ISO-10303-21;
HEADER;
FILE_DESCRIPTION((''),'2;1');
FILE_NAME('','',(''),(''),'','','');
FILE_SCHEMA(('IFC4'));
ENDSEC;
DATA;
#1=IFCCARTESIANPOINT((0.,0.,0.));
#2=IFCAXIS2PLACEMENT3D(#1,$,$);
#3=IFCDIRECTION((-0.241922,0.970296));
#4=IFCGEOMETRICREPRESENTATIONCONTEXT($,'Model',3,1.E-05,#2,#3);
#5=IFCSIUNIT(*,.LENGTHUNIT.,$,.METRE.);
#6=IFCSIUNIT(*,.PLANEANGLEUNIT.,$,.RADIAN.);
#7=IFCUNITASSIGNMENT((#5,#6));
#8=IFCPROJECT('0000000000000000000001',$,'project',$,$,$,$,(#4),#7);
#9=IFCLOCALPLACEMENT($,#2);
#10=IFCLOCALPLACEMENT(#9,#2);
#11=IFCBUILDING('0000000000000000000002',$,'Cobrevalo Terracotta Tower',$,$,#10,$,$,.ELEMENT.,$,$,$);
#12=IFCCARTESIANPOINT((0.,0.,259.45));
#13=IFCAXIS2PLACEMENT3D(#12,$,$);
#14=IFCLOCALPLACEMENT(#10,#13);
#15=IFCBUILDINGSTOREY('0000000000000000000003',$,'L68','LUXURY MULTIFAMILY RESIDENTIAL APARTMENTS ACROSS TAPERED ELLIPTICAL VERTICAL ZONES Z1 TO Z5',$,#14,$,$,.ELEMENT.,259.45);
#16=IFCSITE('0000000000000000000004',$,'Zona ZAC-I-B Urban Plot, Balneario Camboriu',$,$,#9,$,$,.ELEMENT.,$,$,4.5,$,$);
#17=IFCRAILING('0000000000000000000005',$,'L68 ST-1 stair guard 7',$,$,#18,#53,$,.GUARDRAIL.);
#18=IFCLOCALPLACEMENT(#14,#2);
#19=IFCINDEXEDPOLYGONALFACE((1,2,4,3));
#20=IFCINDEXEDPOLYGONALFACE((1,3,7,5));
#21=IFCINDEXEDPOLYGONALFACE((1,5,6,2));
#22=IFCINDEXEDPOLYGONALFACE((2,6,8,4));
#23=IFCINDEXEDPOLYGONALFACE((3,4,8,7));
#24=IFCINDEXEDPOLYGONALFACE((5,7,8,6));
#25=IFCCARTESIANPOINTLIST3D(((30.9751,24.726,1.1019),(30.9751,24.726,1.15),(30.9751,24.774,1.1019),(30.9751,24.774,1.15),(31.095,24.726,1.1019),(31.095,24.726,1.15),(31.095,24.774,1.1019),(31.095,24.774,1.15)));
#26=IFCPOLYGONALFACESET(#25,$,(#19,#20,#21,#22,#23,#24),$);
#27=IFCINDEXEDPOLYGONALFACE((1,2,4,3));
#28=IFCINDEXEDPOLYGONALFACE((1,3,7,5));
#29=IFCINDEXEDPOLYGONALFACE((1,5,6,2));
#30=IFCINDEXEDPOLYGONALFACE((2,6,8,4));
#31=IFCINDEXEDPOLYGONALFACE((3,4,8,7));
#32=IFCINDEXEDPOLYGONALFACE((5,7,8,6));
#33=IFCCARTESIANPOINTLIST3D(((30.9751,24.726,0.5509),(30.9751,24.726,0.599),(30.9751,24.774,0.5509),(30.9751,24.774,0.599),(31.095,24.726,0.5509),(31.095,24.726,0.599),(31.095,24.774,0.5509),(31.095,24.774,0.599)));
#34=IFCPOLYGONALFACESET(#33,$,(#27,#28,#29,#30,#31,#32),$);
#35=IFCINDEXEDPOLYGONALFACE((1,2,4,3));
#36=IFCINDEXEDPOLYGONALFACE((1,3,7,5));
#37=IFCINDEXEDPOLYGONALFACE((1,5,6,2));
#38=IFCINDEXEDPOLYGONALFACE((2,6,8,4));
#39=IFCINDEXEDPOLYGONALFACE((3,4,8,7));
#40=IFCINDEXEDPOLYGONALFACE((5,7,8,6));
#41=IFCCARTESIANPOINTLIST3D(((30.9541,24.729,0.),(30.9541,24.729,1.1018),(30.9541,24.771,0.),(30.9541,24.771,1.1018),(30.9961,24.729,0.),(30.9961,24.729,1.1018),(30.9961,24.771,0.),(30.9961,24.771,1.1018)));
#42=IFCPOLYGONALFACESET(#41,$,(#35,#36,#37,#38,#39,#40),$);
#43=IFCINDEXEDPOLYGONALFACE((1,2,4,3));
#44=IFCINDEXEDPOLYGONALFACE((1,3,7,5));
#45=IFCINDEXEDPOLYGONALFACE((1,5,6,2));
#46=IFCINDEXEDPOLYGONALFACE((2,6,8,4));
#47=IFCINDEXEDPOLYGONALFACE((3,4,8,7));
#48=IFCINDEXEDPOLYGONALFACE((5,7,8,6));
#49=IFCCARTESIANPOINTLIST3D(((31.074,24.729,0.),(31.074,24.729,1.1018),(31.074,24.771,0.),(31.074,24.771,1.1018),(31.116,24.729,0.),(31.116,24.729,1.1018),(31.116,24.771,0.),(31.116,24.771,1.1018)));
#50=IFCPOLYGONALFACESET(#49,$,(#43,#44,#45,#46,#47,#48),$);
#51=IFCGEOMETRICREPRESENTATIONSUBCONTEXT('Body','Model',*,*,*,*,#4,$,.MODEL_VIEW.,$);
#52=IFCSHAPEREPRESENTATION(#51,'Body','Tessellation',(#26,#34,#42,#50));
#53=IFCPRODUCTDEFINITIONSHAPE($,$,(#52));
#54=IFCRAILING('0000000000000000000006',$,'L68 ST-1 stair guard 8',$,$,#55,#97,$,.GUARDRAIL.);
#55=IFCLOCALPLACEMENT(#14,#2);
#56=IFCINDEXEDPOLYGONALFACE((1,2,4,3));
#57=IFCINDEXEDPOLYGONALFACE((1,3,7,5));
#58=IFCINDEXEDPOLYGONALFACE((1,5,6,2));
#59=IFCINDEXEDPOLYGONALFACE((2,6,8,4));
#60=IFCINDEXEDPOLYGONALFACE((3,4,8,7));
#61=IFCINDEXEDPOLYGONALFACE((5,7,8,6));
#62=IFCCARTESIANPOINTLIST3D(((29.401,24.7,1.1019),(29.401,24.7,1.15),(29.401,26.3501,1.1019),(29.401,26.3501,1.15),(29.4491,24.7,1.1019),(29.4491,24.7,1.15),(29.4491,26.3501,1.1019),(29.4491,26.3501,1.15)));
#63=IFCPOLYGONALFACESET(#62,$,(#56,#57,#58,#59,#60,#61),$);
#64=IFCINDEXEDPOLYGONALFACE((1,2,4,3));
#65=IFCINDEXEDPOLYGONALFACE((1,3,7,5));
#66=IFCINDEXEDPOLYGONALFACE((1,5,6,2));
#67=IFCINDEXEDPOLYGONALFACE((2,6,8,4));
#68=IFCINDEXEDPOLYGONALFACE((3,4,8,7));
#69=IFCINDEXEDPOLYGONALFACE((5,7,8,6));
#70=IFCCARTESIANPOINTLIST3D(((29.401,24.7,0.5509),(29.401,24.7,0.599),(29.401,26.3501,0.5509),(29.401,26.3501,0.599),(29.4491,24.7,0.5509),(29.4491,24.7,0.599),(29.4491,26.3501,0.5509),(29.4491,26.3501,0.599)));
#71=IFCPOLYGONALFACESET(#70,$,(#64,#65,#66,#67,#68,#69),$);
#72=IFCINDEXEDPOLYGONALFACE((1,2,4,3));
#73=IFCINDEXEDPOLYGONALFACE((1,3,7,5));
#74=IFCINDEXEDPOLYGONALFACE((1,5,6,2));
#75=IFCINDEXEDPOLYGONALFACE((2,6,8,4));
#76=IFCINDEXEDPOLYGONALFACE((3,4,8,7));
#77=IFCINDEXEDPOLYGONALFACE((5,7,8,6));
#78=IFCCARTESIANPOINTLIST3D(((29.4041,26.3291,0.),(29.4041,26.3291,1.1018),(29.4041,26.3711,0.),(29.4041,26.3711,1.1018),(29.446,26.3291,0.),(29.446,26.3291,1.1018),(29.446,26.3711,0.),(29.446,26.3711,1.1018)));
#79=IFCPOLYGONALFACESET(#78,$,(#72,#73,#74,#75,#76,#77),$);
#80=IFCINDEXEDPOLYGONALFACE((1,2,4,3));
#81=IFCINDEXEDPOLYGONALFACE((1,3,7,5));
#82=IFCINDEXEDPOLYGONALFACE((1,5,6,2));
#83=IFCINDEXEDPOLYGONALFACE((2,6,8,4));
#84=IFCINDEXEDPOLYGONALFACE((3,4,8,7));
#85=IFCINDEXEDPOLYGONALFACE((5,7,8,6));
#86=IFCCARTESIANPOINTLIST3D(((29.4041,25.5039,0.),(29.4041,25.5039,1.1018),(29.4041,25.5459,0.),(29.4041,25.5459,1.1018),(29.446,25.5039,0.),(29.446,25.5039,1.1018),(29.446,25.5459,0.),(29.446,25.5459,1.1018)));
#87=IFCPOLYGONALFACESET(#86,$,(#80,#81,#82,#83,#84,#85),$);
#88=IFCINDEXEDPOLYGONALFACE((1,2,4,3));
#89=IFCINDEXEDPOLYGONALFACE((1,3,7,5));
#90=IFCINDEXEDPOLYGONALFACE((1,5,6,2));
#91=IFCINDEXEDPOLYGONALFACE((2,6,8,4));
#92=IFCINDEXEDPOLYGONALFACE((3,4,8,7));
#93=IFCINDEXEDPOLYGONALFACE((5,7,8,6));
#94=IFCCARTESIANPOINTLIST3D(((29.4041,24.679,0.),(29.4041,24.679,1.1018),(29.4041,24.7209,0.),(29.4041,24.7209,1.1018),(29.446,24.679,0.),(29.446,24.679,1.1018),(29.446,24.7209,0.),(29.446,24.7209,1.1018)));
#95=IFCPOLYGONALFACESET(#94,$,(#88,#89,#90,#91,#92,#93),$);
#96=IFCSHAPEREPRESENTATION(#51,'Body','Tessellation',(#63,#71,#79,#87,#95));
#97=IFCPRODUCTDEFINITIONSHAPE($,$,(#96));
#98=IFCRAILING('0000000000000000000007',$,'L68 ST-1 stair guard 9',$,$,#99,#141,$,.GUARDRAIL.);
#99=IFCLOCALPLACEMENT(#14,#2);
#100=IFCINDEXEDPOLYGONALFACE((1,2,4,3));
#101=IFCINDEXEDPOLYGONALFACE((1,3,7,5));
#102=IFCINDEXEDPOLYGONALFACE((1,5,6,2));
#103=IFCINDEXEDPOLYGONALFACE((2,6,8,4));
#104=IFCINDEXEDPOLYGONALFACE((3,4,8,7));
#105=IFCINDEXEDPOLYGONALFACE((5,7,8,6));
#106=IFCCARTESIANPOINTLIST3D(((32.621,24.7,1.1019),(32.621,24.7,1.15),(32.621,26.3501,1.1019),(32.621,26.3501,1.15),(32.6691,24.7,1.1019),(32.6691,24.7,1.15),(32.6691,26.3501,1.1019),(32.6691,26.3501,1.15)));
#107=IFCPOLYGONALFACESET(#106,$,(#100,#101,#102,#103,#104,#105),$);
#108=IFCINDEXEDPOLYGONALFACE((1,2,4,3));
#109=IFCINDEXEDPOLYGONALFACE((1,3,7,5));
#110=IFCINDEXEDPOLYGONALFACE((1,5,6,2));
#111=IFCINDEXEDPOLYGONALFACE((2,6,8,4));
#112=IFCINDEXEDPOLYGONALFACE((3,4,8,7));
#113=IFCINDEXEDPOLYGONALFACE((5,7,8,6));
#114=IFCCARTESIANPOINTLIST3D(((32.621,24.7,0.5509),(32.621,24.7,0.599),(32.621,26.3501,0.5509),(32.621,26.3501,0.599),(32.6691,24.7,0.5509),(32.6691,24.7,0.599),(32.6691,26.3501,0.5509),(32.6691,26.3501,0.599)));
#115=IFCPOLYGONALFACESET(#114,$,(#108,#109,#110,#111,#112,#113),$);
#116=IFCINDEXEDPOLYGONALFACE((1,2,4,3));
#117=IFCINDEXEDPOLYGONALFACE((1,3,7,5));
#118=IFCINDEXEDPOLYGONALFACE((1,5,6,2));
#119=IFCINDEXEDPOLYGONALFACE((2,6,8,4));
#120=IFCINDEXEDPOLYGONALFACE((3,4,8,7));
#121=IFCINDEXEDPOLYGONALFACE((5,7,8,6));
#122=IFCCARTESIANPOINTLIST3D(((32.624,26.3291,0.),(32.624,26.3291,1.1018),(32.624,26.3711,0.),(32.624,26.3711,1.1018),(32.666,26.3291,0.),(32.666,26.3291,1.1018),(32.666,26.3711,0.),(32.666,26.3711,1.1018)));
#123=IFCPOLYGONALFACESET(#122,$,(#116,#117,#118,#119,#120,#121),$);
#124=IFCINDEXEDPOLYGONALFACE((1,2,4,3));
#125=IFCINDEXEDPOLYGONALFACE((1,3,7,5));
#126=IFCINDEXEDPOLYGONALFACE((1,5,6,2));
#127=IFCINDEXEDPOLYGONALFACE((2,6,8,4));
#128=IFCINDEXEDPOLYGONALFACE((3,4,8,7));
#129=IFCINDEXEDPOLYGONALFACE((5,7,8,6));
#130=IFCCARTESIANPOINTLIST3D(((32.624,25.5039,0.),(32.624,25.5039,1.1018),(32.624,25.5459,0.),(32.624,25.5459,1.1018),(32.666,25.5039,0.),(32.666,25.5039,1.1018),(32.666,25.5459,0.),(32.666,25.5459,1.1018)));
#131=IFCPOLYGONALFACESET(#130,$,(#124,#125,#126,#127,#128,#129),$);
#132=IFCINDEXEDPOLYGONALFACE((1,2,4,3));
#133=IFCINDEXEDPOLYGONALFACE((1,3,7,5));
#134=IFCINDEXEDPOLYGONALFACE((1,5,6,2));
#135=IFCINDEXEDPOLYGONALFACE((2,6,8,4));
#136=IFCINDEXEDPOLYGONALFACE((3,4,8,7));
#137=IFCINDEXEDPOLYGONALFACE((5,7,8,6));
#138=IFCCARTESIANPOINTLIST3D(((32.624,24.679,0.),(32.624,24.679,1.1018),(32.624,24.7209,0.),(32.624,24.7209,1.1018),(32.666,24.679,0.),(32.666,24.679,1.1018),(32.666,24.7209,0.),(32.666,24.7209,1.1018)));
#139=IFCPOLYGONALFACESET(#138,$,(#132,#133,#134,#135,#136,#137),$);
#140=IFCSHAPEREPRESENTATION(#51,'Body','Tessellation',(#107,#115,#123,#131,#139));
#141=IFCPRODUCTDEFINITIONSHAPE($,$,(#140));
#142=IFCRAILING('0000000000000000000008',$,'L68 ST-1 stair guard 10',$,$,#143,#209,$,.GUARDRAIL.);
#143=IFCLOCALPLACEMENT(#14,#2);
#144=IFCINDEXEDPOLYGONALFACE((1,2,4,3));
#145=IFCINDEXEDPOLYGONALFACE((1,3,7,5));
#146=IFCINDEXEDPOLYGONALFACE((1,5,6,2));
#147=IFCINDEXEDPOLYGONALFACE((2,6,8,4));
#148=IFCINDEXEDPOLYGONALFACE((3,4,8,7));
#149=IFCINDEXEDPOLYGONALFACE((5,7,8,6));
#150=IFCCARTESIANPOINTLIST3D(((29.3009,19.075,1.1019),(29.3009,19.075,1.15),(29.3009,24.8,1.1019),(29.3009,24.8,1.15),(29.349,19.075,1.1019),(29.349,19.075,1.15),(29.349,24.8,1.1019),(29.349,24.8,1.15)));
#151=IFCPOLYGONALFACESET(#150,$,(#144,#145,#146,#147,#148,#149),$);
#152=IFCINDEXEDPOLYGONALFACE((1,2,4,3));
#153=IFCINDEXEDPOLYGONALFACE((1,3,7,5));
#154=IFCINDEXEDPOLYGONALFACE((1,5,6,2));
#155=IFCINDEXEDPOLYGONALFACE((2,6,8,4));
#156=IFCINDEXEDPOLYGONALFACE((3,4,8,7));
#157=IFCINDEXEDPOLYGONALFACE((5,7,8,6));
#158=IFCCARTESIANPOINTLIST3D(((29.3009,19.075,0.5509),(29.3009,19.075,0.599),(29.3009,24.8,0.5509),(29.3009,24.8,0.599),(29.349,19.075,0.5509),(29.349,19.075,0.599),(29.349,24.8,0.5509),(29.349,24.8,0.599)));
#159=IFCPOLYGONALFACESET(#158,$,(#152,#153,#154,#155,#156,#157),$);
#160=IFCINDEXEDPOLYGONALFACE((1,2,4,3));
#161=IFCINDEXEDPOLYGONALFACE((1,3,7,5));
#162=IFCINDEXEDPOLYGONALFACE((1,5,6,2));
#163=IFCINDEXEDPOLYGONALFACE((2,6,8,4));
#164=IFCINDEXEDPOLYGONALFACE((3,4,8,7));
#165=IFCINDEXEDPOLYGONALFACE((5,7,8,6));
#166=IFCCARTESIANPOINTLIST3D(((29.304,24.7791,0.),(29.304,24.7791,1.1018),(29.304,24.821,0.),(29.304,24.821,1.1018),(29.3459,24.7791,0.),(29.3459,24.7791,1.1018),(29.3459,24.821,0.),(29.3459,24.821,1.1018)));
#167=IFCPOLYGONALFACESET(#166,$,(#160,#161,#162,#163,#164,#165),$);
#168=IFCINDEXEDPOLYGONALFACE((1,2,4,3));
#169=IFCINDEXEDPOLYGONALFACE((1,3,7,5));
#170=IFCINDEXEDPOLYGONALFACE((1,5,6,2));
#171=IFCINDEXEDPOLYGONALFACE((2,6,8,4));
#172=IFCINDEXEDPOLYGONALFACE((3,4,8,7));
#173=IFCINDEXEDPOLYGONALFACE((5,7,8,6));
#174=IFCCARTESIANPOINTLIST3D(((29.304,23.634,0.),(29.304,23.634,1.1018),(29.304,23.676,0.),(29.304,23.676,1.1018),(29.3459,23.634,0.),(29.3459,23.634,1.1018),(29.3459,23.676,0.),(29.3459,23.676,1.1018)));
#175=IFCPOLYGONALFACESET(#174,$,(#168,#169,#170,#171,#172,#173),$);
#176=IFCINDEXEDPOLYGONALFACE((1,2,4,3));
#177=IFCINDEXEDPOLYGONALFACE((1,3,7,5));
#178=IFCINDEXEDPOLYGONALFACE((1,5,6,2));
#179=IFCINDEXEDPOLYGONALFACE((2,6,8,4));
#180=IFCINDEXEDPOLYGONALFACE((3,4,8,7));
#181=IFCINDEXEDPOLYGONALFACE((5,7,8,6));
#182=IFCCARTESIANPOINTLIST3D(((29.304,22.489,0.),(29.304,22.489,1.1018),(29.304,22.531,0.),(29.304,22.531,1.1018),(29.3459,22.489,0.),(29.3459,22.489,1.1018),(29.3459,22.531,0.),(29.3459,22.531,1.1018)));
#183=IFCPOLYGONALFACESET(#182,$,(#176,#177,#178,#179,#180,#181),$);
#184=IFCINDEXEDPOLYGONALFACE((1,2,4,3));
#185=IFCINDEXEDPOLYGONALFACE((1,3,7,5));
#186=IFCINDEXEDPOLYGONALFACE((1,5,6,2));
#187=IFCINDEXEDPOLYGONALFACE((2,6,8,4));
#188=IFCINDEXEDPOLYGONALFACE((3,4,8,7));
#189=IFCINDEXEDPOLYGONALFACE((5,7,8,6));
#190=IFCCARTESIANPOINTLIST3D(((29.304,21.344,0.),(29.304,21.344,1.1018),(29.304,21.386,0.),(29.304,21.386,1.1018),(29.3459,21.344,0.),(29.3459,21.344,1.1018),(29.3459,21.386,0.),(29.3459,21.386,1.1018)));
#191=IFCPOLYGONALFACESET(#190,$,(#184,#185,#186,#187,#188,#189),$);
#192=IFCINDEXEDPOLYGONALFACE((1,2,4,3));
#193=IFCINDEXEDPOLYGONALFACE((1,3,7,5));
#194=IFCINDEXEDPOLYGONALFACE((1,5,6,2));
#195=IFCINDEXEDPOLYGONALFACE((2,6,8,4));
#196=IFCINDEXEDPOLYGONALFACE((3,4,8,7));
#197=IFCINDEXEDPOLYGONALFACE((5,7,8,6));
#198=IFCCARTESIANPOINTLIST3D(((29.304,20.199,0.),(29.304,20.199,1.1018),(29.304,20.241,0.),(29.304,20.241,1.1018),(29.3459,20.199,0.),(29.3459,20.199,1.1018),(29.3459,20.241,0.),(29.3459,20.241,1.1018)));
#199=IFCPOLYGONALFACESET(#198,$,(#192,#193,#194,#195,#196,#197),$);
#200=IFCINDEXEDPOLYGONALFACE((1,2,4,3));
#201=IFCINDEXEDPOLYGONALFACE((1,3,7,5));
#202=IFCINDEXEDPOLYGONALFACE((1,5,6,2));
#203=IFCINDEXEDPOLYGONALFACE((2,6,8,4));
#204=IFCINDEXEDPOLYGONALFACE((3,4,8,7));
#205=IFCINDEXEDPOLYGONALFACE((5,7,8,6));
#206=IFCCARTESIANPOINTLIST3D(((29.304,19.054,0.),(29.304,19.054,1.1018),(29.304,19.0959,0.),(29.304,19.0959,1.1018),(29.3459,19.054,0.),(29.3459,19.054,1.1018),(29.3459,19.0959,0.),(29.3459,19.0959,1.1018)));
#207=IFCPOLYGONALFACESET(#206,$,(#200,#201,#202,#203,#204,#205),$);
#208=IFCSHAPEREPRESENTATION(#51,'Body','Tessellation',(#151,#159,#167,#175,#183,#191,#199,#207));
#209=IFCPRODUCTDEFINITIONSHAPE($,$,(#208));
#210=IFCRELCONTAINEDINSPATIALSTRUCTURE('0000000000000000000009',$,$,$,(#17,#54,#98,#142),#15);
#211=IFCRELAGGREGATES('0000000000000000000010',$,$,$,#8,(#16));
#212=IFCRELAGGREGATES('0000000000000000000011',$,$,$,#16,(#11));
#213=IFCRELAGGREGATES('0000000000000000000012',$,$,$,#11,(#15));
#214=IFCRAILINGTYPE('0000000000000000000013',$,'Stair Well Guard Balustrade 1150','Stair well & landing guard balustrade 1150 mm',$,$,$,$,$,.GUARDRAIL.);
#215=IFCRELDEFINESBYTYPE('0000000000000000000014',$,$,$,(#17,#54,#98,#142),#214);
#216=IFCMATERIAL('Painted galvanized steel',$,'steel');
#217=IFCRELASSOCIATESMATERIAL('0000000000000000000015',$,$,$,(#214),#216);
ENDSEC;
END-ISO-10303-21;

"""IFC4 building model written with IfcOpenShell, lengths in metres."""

from ifc_helpers import new_model, si_unit, direction, frame, origin, origin_2d, place, context, subcontext, project, spatial, rectangle, extrude, material, type_object, element, save


model = new_model("IFC4")

# Units and contexts
model_context = context("Model", 3, precision=1e-05, world=origin(), true_north=direction((-0.241922, 0.970296)))
body_context = subcontext(model_context, "Body", "Model", "MODEL_VIEW")
ifc_project = project(units=[si_unit("LENGTHUNIT", "METRE"), si_unit("PLANEANGLEUNIT", "RADIAN")], contexts=[model_context])

# Site, building, storey
site_placement = place(None, origin())
site = spatial("IfcSite", under=ifc_project, at=site_placement, Name="Zona ZAC-I-B Urban Plot, Balneario Camboriu", CompositionType="ELEMENT", RefElevation=4.5)
building_placement = place(site_placement, origin())
building = spatial("IfcBuilding", under=site, at=building_placement, Name="Cobrevalo Terracotta Tower", CompositionType="ELEMENT")
storey_placement = place(building_placement, frame((0.0, 0.0, 259.45)))
storey = spatial("IfcBuildingStorey", under=building, at=storey_placement, Name="L68", Description="LUXURY MULTIFAMILY RESIDENTIAL APARTMENTS ACROSS TAPERED ELLIPTICAL VERTICAL ZONES Z1 TO Z5", CompositionType="ELEMENT", Elevation=259.45)

# Railings
ifc_material_1 = material(Name="Painted galvanized steel", Category="steel")
railing_type_1 = type_object("IfcRailingType", Name="Stair Well Guard Balustrade 1150", Description="Stair well & landing guard balustrade 1150 mm", PredefinedType="GUARDRAIL", material=ifc_material_1)
railing_1_placement = place(storey_placement, frame((30.9751, 24.75, 0.0)))
element("IfcRailing", 1, at=railing_1_placement, inside=storey, type_object=railing_type_1, Name="L68 ST-1 stair guard 7", PredefinedType="GUARDRAIL", context=body_context, shape_type="SweptSolid", body=[
    extrude(rectangle(XDim=0.0481, YDim=0.0481, at=origin_2d()), frame((0.0, 0.0, 1.126), z_axis=(1.0, 0.0, 0.0), x_axis=(0.0, 1.0, 0.0)), (0.0, 0.0, 1.0), 0.1199),
    extrude(rectangle(XDim=0.0481, YDim=0.0481, at=origin_2d()), frame((0.0, 0.0, 0.575), z_axis=(1.0, 0.0, 0.0), x_axis=(0.0, 1.0, 0.0)), (0.0, 0.0, 1.0), 0.1199),
    extrude(rectangle(XDim=0.042, YDim=0.042, at=origin_2d()), origin(), (0.0, 0.0, 1.0), 1.1018),
    extrude(rectangle(XDim=0.042, YDim=0.042, at=origin_2d()), frame((0.1199, 0.0, 0.0)), (0.0, 0.0, 1.0), 1.1018),
])
for number, where, name in (
    (2, (29.425, 26.3501, 0.0), "L68 ST-1 stair guard 8"),
    (3, (32.645, 26.3501, 0.0), "L68 ST-1 stair guard 9"),
):
    element("IfcRailing", number, at=place(storey_placement, frame(where)), inside=storey, type_object=railing_type_1, Name=name, PredefinedType="GUARDRAIL", context=body_context, shape_type="SweptSolid", body=[
        extrude(rectangle(XDim=0.0481, YDim=0.0481, at=origin_2d()), frame((0.0, 0.0, 1.126), z_axis=(0.0, -1.0, 0.0), x_axis=(1.0, 0.0, 0.0)), (0.0, 0.0, 1.0), 1.6501),
        extrude(rectangle(XDim=0.0481, YDim=0.0481, at=origin_2d()), frame((0.0, 0.0, 0.575), z_axis=(0.0, -1.0, 0.0), x_axis=(1.0, 0.0, 0.0)), (0.0, 0.0, 1.0), 1.6501),
        extrude(rectangle(XDim=0.042, YDim=0.042, at=origin_2d()), origin(), (0.0, 0.0, 1.0), 1.1018),
        extrude(rectangle(XDim=0.042, YDim=0.042, at=origin_2d()), frame((0.0, -0.8252, 0.0)), (0.0, 0.0, 1.0), 1.1018),
        extrude(rectangle(XDim=0.042, YDim=0.042, at=origin_2d()), frame((0.0, -1.6501, 0.0)), (0.0, 0.0, 1.0), 1.1018),
    ])
for number, where, name in (
    (4, (29.325, 24.8, 0.0), "L68 ST-1 stair guard 10"),
):
    element("IfcRailing", number, at=place(storey_placement, frame(where)), inside=storey, type_object=railing_type_1, Name=name, PredefinedType="GUARDRAIL", context=body_context, shape_type="SweptSolid", body=[
        extrude(rectangle(XDim=0.0481, YDim=0.0481, at=origin_2d()), frame((0.0, 0.0, 1.126), z_axis=(0.0, -1.0, 0.0), x_axis=(1.0, 0.0, 0.0)), (0.0, 0.0, 1.0), 5.7251),
        extrude(rectangle(XDim=0.0481, YDim=0.0481, at=origin_2d()), frame((0.0, 0.0, 0.575), z_axis=(0.0, -1.0, 0.0), x_axis=(1.0, 0.0, 0.0)), (0.0, 0.0, 1.0), 5.7251),
        extrude(rectangle(XDim=0.042, YDim=0.042, at=origin_2d()), origin(), (0.0, 0.0, 1.0), 1.1018),
        extrude(rectangle(XDim=0.042, YDim=0.042, at=origin_2d()), frame((0.0, -1.145, 0.0)), (0.0, 0.0, 1.0), 1.1018),
        extrude(rectangle(XDim=0.042, YDim=0.042, at=origin_2d()), frame((0.0, -2.29, 0.0)), (0.0, 0.0, 1.0), 1.1018),
        extrude(rectangle(XDim=0.042, YDim=0.042, at=origin_2d()), frame((0.0, -3.4351, 0.0)), (0.0, 0.0, 1.0), 1.1018),
        extrude(rectangle(XDim=0.042, YDim=0.042, at=origin_2d()), frame((0.0, -4.5801, 0.0)), (0.0, 0.0, 1.0), 1.1018),
        extrude(rectangle(XDim=0.042, YDim=0.042, at=origin_2d()), frame((0.0, -5.7251, 0.0)), (0.0, 0.0, 1.0), 1.1018),
    ])

save(model, "model.ifc")
